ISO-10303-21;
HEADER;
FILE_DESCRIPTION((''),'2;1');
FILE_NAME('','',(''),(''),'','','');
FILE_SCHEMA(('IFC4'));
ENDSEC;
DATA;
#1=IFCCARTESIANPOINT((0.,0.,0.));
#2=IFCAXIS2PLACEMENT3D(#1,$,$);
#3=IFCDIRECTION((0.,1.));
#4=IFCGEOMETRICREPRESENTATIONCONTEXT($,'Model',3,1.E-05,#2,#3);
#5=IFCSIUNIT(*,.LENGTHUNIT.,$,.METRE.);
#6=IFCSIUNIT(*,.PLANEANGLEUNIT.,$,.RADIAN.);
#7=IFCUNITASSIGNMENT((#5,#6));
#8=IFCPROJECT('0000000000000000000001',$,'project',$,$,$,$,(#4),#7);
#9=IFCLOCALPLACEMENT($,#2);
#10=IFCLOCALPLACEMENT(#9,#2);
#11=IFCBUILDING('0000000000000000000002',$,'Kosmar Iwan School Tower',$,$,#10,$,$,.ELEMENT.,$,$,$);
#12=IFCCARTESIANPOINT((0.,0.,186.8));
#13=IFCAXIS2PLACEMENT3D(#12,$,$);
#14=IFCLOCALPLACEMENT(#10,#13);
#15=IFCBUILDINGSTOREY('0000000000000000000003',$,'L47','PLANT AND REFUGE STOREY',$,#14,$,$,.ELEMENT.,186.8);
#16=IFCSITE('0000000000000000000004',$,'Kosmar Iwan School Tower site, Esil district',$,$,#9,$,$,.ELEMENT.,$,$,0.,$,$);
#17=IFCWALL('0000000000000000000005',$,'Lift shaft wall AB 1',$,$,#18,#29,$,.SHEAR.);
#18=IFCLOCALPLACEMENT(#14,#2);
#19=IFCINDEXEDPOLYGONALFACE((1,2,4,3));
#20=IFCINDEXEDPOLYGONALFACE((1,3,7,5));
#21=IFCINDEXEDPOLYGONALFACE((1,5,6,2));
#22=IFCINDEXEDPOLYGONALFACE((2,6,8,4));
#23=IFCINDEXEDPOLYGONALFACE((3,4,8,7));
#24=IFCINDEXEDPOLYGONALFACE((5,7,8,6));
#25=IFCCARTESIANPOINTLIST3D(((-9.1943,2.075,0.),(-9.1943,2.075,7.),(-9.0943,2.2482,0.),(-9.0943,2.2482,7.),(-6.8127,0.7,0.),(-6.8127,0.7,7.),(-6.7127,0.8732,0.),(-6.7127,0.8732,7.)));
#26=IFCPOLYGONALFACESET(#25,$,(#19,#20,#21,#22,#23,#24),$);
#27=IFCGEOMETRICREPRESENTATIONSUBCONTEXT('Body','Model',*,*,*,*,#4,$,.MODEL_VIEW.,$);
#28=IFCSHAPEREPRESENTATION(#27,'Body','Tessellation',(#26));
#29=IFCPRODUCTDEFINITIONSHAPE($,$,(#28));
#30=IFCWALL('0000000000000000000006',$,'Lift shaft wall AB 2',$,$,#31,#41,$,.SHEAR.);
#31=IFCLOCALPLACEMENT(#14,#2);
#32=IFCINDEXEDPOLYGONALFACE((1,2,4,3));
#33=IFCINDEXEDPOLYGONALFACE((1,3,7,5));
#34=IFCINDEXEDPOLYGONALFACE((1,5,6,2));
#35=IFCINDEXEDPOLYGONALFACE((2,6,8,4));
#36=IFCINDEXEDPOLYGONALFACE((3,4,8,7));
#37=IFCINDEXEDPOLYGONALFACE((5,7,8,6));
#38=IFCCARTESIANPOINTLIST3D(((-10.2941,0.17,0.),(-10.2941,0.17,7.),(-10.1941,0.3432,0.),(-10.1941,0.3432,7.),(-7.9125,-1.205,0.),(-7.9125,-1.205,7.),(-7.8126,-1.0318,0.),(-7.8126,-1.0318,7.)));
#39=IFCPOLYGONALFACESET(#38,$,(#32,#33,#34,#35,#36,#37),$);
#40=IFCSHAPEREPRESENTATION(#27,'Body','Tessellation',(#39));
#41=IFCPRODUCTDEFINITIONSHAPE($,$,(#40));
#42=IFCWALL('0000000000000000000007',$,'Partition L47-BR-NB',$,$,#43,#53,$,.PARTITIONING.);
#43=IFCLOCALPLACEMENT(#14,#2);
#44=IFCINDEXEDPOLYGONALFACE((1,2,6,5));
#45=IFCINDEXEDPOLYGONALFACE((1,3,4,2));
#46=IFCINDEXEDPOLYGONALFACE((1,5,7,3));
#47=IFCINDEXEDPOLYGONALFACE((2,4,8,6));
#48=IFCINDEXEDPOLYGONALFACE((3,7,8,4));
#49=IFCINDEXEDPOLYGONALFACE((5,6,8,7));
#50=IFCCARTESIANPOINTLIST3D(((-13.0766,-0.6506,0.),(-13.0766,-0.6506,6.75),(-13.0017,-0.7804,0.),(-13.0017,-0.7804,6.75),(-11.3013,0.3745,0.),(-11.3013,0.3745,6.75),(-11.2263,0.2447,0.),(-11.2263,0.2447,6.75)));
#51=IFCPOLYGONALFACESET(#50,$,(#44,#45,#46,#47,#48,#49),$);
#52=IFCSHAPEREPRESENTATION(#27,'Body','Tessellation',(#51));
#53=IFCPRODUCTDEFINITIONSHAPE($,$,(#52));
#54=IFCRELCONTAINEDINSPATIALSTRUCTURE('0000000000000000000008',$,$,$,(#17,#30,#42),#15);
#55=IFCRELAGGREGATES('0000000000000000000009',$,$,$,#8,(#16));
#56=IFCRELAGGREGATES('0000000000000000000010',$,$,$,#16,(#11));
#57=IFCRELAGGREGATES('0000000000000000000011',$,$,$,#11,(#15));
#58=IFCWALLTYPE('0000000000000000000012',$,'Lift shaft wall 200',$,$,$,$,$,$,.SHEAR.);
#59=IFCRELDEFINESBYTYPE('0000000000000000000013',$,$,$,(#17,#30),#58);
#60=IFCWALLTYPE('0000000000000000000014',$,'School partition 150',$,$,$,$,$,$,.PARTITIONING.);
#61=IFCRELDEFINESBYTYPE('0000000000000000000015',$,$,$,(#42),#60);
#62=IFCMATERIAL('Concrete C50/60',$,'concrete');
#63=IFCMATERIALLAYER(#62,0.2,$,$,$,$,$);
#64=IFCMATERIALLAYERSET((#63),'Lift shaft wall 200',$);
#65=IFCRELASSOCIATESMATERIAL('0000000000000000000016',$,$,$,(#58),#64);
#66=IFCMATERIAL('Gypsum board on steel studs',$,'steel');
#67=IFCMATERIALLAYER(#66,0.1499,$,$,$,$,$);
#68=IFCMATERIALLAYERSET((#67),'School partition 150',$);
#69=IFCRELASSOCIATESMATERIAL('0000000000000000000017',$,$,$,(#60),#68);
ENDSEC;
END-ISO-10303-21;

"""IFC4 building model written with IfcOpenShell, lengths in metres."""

from ifc_helpers import new_model, si_unit, direction, frame, frame_2d, origin, place, context, subcontext, project, spatial, rectangle, extrude, material, layer, layer_set, type_object, element, save


model = new_model("IFC4")

# Units and contexts
model_context = context("Model", 3, precision=1e-05, world=origin(), true_north=direction((0.0, 1.0)))
body_context = subcontext(model_context, "Body", "Model", "MODEL_VIEW")
ifc_project = project(units=[si_unit("LENGTHUNIT", "METRE"), si_unit("PLANEANGLEUNIT", "RADIAN")], contexts=[model_context])

# Site, building, storey
site_placement = place(None, origin())
site = spatial("IfcSite", under=ifc_project, at=site_placement, Name="Kosmar Iwan School Tower site, Esil district", CompositionType="ELEMENT", RefElevation=0.0)
building_placement = place(site_placement, origin())
building = spatial("IfcBuilding", under=site, at=building_placement, Name="Kosmar Iwan School Tower", CompositionType="ELEMENT")
storey_placement = place(building_placement, frame((0.0, 0.0, 186.8)))
storey = spatial("IfcBuildingStorey", under=building, at=storey_placement, Name="L47", Description="PLANT AND REFUGE STOREY", CompositionType="ELEMENT", Elevation=186.8)

# Walls
ifc_material_1 = material(Name="Concrete C50/60", Category="concrete")
ifc_layer_1 = layer(ifc_material_1, 0.2)
ifc_layer_set_1 = layer_set([ifc_layer_1], Name="Lift shaft wall 200")
wall_type_1 = type_object("IfcWallType", Name="Lift shaft wall 200", PredefinedType="SHEAR", material=ifc_layer_set_1)
for number, where, z_axis, x_axis, name in (
    (1, (-6.7627, 0.7866, 0.0), (0.0, 0.0, 1.0), (-0.866027, 0.499997, 0.0), "Lift shaft wall AB 1"),
    (2, (-7.8625, -1.1184, 0.0), (0.0, 0.0, 1.0), (-0.866027, 0.499997, 0.0), "Lift shaft wall AB 2"),
):
    element("IfcWall", number, at=place(storey_placement, frame(where, z_axis=z_axis, x_axis=x_axis)), inside=storey, type_object=wall_type_1, Name=name, PredefinedType="SHEAR", context=body_context, shape_type="SweptSolid", body=[
        extrude(rectangle(XDim=2.75, YDim=0.2, at=frame_2d((1.375, 0.0))), origin(), (0.0, 0.0, 1.0), 7.0),
    ])
ifc_material_2 = material(Name="Gypsum board on steel studs", Category="steel")
ifc_layer_2 = layer(ifc_material_2, 0.1499)
ifc_layer_set_2 = layer_set([ifc_layer_2], Name="School partition 150")
wall_type_2 = type_object("IfcWallType", Name="School partition 150", PredefinedType="PARTITIONING", material=ifc_layer_set_2)
wall_1_placement = place(storey_placement, frame((-11.2639, 0.3096, 0.0), z_axis=(0.0, 0.0, 1.0), x_axis=(-0.865999, -0.500045, 0.0)))
element("IfcWall", 3, at=wall_1_placement, inside=storey, type_object=wall_type_2, Name="Partition L47-BR-NB", PredefinedType="PARTITIONING", context=body_context, shape_type="SweptSolid", body=[
    extrude(rectangle(XDim=2.05, YDim=0.1499, at=frame_2d((1.0249, 0.0))), origin(), (0.0, 0.0, 1.0), 6.75),
])

save(model, "model.ifc")
